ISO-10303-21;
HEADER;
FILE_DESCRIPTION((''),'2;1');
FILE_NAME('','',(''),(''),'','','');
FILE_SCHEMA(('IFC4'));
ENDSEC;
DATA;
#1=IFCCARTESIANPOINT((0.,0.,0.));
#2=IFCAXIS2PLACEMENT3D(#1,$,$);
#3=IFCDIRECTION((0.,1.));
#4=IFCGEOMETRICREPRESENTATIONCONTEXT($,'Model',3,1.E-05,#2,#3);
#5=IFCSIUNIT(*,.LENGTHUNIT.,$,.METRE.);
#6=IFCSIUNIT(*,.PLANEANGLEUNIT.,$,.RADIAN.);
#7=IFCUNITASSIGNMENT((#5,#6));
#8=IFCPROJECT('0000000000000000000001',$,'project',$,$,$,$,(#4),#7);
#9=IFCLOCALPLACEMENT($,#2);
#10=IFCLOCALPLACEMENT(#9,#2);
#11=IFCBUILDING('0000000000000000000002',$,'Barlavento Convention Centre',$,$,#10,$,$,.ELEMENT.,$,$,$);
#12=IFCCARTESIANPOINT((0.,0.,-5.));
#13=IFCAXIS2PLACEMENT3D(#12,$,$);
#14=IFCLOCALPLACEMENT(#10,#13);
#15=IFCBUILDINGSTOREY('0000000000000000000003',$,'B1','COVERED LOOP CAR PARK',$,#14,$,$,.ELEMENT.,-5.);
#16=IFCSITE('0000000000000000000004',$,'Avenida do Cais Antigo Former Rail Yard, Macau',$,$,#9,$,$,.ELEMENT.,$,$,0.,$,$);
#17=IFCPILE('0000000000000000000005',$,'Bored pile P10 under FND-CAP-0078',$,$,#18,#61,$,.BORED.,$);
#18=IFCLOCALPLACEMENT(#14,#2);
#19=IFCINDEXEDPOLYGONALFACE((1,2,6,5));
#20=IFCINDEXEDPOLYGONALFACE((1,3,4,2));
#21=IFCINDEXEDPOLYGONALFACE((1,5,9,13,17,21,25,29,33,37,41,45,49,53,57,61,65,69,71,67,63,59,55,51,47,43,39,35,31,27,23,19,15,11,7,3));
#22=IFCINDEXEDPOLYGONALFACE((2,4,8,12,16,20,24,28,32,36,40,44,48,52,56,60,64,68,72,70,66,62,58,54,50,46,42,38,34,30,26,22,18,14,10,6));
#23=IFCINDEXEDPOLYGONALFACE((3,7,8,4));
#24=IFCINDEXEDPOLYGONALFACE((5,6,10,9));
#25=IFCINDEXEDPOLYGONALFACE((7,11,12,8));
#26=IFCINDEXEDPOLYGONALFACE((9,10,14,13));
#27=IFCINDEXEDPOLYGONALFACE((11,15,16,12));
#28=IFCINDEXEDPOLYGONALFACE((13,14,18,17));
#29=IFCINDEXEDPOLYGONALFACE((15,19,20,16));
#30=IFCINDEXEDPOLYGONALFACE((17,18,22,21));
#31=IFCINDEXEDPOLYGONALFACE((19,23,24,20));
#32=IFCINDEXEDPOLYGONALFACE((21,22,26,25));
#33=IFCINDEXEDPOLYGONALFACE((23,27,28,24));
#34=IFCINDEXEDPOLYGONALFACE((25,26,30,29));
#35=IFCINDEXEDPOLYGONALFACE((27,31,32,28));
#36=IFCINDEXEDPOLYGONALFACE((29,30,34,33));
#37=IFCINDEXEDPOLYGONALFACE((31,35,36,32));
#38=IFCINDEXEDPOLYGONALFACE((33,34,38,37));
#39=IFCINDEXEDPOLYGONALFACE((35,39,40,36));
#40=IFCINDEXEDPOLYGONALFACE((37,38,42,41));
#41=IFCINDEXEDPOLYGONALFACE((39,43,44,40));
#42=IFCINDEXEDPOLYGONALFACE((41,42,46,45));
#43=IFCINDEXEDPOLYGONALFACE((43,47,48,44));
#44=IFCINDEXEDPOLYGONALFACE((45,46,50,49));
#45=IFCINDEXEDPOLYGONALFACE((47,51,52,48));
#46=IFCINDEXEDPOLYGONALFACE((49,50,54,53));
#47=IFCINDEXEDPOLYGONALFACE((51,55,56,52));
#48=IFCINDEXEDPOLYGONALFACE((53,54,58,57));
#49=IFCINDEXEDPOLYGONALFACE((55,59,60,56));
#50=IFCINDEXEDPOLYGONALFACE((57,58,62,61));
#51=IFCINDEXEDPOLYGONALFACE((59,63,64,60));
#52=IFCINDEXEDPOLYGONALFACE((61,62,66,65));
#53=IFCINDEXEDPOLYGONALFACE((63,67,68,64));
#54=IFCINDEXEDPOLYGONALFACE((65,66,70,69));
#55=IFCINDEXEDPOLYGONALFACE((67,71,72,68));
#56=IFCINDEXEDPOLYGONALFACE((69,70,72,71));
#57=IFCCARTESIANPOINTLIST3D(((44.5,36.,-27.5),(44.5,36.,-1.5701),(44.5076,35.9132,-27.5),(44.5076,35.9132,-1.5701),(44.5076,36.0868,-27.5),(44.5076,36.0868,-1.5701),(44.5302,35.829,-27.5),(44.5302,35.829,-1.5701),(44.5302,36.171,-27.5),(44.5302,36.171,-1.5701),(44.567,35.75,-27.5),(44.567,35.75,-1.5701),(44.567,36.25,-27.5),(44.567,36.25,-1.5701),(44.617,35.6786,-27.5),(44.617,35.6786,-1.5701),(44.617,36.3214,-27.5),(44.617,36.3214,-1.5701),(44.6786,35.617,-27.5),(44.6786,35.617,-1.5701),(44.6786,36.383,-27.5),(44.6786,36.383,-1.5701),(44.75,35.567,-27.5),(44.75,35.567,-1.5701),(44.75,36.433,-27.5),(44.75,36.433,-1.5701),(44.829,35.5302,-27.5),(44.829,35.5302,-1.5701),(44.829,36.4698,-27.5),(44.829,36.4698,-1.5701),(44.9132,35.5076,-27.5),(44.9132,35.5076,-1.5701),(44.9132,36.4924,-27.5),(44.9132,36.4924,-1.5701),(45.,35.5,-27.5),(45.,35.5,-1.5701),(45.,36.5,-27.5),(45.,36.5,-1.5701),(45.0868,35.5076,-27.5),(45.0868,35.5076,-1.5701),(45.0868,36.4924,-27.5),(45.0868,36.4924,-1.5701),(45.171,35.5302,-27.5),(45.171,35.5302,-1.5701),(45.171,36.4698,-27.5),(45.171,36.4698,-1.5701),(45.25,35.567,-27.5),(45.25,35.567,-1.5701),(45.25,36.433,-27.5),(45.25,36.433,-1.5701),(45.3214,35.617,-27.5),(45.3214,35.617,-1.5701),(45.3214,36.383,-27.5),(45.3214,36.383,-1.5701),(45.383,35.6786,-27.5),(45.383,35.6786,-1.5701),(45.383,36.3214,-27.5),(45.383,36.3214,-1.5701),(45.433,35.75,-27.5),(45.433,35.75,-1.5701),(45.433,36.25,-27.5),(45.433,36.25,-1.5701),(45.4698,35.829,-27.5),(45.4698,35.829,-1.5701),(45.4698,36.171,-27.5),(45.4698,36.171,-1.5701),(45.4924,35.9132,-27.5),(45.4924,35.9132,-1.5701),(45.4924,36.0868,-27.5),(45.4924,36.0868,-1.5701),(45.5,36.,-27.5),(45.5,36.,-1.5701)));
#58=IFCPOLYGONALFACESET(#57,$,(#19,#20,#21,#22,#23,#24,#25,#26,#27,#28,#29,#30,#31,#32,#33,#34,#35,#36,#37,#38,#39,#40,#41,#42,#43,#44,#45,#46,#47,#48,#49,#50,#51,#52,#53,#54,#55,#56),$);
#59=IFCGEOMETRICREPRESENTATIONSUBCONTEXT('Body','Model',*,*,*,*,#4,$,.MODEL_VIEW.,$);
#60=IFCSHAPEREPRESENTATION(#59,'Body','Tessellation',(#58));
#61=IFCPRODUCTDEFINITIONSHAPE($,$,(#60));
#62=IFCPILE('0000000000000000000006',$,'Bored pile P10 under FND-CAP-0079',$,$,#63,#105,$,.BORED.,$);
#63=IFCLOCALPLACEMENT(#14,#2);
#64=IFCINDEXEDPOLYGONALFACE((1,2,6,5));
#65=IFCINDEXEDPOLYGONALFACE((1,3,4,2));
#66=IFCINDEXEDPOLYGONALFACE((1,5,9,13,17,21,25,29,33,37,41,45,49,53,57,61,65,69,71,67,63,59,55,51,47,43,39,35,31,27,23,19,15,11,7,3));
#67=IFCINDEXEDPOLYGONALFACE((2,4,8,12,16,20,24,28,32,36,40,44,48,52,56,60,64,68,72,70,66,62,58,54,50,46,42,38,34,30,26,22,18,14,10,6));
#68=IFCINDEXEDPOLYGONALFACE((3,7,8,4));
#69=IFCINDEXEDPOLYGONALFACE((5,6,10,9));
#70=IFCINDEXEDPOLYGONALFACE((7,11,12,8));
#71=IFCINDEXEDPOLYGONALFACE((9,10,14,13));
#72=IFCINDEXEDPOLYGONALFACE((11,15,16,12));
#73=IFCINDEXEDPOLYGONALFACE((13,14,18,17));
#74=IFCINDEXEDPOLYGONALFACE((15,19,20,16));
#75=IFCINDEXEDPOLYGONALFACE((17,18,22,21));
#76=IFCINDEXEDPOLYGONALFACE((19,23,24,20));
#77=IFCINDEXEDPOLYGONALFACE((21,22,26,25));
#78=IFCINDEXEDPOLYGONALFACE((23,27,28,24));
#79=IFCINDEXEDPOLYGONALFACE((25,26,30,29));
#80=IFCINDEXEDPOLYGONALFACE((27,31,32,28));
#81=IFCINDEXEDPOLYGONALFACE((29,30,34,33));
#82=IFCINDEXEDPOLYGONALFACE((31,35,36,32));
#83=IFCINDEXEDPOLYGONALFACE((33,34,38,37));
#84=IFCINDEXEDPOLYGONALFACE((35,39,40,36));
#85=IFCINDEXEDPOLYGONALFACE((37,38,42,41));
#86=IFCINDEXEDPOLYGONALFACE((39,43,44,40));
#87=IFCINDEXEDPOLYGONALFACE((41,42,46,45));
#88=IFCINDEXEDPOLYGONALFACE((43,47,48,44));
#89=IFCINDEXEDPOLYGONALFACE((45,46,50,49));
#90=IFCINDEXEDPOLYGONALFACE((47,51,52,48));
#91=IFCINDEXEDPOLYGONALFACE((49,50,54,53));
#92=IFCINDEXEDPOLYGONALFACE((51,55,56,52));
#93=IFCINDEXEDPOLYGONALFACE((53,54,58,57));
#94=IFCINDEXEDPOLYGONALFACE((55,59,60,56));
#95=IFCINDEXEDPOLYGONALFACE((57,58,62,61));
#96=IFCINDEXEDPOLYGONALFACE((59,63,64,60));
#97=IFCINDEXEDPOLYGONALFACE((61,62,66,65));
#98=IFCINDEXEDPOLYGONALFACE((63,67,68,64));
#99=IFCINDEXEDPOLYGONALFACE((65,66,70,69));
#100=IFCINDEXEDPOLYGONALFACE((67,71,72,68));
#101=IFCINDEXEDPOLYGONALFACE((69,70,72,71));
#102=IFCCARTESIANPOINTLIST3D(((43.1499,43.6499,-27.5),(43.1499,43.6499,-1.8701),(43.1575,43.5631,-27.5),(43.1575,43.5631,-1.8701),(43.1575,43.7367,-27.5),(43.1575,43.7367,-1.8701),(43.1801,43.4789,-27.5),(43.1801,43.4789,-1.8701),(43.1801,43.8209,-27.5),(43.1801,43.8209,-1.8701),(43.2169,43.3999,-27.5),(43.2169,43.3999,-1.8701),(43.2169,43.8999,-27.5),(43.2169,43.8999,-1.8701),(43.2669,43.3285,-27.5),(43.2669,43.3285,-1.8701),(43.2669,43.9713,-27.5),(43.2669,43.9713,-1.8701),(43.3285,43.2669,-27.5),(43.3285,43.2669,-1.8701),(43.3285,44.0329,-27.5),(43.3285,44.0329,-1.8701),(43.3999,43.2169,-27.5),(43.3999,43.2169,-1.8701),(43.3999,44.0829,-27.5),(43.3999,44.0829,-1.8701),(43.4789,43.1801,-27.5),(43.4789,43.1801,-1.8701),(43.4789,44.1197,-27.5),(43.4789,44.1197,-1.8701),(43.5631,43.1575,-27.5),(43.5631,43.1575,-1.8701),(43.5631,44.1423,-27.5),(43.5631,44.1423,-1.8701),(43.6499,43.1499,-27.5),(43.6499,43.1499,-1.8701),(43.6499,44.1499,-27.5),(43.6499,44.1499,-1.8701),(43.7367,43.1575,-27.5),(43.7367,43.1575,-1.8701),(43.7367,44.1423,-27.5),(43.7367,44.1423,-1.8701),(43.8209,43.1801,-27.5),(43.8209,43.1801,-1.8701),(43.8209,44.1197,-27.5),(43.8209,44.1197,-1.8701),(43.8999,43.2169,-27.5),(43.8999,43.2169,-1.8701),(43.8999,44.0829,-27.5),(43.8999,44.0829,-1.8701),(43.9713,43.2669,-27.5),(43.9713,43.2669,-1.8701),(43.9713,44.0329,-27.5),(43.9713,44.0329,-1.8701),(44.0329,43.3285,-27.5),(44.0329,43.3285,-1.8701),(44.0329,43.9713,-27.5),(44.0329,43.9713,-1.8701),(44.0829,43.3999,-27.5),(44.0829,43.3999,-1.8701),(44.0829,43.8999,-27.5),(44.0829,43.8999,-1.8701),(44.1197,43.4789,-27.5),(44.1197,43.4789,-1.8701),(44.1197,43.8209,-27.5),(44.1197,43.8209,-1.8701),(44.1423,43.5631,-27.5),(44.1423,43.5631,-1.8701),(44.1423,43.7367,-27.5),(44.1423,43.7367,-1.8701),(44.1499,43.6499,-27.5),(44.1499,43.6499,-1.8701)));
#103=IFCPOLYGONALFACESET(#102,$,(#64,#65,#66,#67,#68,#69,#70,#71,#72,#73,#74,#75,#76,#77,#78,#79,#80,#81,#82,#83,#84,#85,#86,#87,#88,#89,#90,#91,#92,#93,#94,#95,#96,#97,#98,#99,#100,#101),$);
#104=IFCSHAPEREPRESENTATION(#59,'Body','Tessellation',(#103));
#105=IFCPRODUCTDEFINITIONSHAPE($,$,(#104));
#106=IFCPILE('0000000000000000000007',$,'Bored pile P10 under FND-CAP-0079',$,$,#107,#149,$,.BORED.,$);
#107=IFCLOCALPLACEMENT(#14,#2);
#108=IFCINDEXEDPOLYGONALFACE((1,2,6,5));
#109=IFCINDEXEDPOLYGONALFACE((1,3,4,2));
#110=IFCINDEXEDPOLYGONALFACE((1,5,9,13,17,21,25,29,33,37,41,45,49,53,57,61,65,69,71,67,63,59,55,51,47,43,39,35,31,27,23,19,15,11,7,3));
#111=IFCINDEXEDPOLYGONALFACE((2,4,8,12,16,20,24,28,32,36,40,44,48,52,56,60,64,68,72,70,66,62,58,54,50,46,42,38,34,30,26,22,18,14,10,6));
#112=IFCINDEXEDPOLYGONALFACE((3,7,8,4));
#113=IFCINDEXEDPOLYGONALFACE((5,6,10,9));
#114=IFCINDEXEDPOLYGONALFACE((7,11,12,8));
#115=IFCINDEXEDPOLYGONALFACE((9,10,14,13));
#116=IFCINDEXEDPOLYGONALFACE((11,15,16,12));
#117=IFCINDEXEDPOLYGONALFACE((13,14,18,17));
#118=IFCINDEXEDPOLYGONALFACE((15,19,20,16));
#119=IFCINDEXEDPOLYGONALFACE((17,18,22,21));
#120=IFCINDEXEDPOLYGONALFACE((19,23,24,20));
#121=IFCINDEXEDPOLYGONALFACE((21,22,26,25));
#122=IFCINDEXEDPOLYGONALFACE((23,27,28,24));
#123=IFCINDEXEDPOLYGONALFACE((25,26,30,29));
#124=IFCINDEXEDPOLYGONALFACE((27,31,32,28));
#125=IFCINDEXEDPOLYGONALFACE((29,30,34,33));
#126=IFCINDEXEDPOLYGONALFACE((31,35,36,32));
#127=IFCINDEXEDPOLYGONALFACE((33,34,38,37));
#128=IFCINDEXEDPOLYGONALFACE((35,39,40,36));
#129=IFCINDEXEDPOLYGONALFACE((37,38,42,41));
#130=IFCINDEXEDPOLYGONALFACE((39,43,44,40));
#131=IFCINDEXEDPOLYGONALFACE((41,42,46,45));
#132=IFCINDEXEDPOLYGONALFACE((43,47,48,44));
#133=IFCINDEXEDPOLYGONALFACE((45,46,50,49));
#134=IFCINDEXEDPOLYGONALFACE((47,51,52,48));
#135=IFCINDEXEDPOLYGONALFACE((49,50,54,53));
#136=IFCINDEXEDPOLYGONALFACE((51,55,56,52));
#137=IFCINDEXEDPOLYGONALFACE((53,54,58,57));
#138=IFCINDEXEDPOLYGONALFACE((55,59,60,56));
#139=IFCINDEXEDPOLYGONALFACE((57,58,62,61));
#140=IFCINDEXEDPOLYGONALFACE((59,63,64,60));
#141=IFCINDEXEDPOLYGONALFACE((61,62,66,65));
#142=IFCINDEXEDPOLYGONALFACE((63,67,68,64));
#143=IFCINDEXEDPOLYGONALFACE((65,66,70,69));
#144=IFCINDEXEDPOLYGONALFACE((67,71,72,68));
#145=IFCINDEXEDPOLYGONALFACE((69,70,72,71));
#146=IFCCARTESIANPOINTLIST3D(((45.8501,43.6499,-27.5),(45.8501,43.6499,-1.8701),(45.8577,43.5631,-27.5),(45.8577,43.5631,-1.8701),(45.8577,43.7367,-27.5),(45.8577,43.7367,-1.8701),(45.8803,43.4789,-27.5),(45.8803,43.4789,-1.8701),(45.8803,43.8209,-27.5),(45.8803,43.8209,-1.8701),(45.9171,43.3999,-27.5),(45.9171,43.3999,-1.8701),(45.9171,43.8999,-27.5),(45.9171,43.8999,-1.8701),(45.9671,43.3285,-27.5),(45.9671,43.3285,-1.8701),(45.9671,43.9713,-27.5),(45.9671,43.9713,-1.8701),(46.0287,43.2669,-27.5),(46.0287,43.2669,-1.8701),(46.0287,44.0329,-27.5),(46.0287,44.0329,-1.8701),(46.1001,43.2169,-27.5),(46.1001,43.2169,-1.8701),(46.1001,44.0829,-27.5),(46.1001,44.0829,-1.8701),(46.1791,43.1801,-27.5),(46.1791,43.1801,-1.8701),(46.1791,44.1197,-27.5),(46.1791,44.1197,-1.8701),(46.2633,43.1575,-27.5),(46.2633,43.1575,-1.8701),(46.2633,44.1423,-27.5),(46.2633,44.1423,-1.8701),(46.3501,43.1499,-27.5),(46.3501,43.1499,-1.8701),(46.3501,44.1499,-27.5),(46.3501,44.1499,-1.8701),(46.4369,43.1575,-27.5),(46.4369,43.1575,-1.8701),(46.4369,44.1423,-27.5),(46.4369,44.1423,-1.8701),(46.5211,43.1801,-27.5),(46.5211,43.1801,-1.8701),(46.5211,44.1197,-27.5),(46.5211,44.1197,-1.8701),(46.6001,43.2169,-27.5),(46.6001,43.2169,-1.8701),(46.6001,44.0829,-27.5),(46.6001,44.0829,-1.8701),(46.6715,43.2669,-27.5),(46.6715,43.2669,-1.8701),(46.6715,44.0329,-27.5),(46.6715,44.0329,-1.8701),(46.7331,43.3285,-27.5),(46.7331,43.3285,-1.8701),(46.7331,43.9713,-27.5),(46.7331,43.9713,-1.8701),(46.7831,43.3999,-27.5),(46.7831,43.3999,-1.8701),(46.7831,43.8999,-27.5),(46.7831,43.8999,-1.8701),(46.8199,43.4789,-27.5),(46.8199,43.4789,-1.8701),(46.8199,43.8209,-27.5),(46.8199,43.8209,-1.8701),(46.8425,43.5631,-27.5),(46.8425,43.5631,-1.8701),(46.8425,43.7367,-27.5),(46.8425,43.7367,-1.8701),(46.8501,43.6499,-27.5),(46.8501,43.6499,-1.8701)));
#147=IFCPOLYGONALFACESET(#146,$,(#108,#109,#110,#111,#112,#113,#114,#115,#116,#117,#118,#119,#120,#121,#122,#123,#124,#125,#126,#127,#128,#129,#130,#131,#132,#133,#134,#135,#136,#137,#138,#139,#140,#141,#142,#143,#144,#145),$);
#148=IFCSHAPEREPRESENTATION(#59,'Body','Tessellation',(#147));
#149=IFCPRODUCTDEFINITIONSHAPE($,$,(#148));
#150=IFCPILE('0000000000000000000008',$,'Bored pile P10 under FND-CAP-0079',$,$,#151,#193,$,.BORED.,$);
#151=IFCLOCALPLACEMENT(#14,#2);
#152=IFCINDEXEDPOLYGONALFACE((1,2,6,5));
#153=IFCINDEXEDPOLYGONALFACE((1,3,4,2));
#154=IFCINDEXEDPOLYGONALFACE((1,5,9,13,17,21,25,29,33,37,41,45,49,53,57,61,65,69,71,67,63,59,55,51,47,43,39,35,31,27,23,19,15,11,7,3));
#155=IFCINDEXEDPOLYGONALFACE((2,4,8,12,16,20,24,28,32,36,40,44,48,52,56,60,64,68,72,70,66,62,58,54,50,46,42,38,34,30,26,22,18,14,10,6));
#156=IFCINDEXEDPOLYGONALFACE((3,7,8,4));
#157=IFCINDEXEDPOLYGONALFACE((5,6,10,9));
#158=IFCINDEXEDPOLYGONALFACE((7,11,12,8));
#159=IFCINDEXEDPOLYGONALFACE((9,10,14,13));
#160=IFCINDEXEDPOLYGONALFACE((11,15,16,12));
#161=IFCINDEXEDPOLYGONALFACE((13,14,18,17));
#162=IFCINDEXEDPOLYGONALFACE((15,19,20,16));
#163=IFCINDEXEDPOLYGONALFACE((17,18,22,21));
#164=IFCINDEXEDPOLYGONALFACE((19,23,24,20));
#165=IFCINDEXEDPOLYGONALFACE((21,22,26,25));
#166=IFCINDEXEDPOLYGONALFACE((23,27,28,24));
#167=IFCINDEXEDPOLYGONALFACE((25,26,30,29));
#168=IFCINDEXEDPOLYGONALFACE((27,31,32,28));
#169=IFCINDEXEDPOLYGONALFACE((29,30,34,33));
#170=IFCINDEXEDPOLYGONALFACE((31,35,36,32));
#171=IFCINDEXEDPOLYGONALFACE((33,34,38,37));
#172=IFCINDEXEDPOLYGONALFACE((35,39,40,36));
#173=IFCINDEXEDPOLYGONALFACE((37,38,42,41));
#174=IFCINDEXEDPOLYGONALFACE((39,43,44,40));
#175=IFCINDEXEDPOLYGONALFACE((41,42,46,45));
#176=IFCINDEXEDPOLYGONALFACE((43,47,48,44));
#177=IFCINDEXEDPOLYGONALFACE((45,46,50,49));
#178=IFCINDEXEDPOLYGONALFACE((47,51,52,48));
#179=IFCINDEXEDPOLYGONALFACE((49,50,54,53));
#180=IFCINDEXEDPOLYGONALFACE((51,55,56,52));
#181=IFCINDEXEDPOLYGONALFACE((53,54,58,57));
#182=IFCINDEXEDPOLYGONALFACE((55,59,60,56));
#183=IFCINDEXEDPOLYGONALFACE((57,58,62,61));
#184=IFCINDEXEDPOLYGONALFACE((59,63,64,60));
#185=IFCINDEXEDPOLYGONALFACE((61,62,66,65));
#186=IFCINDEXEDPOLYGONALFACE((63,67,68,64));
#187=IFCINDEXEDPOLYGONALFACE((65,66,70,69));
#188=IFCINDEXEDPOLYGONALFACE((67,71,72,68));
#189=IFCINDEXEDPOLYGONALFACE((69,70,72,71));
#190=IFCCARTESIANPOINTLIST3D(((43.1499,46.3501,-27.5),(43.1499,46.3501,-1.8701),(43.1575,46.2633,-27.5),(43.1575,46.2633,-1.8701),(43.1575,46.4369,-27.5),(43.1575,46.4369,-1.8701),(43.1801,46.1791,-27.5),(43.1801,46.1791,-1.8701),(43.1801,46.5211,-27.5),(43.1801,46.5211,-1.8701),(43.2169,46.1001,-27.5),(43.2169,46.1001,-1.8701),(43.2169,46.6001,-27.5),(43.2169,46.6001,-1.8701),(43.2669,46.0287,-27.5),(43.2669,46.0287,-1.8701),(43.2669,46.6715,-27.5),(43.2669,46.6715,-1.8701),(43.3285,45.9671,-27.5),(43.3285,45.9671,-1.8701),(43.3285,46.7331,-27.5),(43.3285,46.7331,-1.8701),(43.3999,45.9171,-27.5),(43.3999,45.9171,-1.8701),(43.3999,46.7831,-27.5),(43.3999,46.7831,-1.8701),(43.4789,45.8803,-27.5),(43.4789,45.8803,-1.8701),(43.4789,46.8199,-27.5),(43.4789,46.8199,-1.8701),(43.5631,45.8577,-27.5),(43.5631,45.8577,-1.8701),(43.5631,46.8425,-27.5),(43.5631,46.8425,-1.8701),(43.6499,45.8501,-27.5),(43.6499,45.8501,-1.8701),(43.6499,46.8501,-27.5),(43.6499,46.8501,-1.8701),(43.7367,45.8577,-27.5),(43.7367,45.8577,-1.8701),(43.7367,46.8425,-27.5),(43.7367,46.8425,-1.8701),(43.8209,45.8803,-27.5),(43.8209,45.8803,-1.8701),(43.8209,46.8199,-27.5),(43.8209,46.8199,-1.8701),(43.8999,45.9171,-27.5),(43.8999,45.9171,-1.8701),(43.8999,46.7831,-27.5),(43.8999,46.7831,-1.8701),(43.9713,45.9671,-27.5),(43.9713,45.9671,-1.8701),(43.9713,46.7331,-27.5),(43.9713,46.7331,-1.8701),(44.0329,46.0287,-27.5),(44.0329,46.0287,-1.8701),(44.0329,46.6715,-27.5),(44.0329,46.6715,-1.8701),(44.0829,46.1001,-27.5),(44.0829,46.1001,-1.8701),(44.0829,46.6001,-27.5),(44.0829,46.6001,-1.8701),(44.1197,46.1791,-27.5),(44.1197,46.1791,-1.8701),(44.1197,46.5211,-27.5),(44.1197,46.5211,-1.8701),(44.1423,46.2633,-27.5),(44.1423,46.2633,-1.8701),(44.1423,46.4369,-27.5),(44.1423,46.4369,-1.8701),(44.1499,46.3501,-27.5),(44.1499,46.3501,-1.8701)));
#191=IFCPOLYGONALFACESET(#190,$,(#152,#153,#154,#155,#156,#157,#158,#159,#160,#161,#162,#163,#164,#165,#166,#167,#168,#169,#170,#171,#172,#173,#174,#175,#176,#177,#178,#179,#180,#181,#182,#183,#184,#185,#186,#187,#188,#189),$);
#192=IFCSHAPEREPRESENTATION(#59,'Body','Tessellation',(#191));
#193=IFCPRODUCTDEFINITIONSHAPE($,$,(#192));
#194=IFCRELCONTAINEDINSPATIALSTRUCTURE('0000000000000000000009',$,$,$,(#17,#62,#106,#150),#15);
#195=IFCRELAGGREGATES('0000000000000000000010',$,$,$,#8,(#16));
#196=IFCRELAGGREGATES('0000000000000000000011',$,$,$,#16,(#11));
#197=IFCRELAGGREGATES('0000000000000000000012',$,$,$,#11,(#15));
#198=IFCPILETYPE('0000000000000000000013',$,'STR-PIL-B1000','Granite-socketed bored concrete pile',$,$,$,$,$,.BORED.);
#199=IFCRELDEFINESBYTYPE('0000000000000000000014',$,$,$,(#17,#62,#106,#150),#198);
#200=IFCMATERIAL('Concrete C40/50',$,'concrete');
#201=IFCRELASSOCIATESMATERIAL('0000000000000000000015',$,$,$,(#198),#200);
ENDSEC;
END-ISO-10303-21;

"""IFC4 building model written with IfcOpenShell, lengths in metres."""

from ifc_helpers import new_model, si_unit, direction, frame, origin, origin_2d, place, context, subcontext, project, spatial, circle, extrude, material, material_profile, profile_set, type_object, element, save


model = new_model("IFC4")

# Units and contexts
model_context = context("Model", 3, precision=1e-05, world=origin(), true_north=direction((0.0, 1.0)))
body_context = subcontext(model_context, "Body", "Model", "MODEL_VIEW")
ifc_project = project(units=[si_unit("LENGTHUNIT", "METRE"), si_unit("PLANEANGLEUNIT", "RADIAN")], contexts=[model_context])

# Site, building, storey
site_placement = place(None, origin())
site = spatial("IfcSite", under=ifc_project, at=site_placement, Name="Avenida do Cais Antigo Former Rail Yard, Macau", CompositionType="ELEMENT", RefElevation=0.0)
building_placement = place(site_placement, origin())
building = spatial("IfcBuilding", under=site, at=building_placement, Name="Barlavento Convention Centre", CompositionType="ELEMENT")
storey_placement = place(building_placement, frame((0.0, 0.0, -5.0)))
storey = spatial("IfcBuildingStorey", under=building, at=storey_placement, Name="B1", Description="COVERED LOOP CAR PARK", CompositionType="ELEMENT", Elevation=-5.0)

# Shared definitions
ifc_material_1 = material(Name="Concrete C40/50", Category="concrete")

# Piles
ifc_material_profile_1 = material_profile(ifc_material_1, circle(Radius=0.5, at=origin_2d()), Name="BORED PILE 1000")
ifc_profile_set_1 = profile_set([ifc_material_profile_1], Name="Concrete C40/50")
pile_type_1 = type_object("IfcPileType", Name="STR-PIL-B1000", Description="Granite-socketed bored concrete pile", PredefinedType="BORED", material=ifc_profile_set_1)
pile_1_placement = place(storey_placement, frame((45.0, 36.0, -1.5701), z_axis=(0.0, 0.0, -1.0), x_axis=(1.0, 0.0, 0.0)))
element("IfcPile", 1, at=pile_1_placement, inside=storey, type_object=pile_type_1, Name="Bored pile P10 under FND-CAP-0078", PredefinedType="BORED", context=body_context, shape_type="SweptSolid", body=[
    extrude(circle(Radius=0.5, at=origin_2d()), origin(), (0.0, 0.0, 1.0), 25.9299),
])
for number, where, z_axis, x_axis, name in (
    (2, (43.6499, 43.6499, -1.8701), (0.0, 0.0, -1.0), (1.0, 0.0, 0.0), "Bored pile P10 under FND-CAP-0079"),
    (3, (46.3501, 43.6499, -1.8701), (0.0, 0.0, -1.0), (1.0, 0.0, 0.0), "Bored pile P10 under FND-CAP-0079"),
    (4, (43.6499, 46.3501, -1.8701), (0.0, 0.0, -1.0), (1.0, 0.0, 0.0), "Bored pile P10 under FND-CAP-0079"),
):
    element("IfcPile", number, at=place(storey_placement, frame(where, z_axis=z_axis, x_axis=x_axis)), inside=storey, type_object=pile_type_1, Name=name, PredefinedType="BORED", context=body_context, shape_type="SweptSolid", body=[
        extrude(circle(Radius=0.5, at=origin_2d()), origin(), (0.0, 0.0, 1.0), 25.6299),
    ])

save(model, "model.ifc")
